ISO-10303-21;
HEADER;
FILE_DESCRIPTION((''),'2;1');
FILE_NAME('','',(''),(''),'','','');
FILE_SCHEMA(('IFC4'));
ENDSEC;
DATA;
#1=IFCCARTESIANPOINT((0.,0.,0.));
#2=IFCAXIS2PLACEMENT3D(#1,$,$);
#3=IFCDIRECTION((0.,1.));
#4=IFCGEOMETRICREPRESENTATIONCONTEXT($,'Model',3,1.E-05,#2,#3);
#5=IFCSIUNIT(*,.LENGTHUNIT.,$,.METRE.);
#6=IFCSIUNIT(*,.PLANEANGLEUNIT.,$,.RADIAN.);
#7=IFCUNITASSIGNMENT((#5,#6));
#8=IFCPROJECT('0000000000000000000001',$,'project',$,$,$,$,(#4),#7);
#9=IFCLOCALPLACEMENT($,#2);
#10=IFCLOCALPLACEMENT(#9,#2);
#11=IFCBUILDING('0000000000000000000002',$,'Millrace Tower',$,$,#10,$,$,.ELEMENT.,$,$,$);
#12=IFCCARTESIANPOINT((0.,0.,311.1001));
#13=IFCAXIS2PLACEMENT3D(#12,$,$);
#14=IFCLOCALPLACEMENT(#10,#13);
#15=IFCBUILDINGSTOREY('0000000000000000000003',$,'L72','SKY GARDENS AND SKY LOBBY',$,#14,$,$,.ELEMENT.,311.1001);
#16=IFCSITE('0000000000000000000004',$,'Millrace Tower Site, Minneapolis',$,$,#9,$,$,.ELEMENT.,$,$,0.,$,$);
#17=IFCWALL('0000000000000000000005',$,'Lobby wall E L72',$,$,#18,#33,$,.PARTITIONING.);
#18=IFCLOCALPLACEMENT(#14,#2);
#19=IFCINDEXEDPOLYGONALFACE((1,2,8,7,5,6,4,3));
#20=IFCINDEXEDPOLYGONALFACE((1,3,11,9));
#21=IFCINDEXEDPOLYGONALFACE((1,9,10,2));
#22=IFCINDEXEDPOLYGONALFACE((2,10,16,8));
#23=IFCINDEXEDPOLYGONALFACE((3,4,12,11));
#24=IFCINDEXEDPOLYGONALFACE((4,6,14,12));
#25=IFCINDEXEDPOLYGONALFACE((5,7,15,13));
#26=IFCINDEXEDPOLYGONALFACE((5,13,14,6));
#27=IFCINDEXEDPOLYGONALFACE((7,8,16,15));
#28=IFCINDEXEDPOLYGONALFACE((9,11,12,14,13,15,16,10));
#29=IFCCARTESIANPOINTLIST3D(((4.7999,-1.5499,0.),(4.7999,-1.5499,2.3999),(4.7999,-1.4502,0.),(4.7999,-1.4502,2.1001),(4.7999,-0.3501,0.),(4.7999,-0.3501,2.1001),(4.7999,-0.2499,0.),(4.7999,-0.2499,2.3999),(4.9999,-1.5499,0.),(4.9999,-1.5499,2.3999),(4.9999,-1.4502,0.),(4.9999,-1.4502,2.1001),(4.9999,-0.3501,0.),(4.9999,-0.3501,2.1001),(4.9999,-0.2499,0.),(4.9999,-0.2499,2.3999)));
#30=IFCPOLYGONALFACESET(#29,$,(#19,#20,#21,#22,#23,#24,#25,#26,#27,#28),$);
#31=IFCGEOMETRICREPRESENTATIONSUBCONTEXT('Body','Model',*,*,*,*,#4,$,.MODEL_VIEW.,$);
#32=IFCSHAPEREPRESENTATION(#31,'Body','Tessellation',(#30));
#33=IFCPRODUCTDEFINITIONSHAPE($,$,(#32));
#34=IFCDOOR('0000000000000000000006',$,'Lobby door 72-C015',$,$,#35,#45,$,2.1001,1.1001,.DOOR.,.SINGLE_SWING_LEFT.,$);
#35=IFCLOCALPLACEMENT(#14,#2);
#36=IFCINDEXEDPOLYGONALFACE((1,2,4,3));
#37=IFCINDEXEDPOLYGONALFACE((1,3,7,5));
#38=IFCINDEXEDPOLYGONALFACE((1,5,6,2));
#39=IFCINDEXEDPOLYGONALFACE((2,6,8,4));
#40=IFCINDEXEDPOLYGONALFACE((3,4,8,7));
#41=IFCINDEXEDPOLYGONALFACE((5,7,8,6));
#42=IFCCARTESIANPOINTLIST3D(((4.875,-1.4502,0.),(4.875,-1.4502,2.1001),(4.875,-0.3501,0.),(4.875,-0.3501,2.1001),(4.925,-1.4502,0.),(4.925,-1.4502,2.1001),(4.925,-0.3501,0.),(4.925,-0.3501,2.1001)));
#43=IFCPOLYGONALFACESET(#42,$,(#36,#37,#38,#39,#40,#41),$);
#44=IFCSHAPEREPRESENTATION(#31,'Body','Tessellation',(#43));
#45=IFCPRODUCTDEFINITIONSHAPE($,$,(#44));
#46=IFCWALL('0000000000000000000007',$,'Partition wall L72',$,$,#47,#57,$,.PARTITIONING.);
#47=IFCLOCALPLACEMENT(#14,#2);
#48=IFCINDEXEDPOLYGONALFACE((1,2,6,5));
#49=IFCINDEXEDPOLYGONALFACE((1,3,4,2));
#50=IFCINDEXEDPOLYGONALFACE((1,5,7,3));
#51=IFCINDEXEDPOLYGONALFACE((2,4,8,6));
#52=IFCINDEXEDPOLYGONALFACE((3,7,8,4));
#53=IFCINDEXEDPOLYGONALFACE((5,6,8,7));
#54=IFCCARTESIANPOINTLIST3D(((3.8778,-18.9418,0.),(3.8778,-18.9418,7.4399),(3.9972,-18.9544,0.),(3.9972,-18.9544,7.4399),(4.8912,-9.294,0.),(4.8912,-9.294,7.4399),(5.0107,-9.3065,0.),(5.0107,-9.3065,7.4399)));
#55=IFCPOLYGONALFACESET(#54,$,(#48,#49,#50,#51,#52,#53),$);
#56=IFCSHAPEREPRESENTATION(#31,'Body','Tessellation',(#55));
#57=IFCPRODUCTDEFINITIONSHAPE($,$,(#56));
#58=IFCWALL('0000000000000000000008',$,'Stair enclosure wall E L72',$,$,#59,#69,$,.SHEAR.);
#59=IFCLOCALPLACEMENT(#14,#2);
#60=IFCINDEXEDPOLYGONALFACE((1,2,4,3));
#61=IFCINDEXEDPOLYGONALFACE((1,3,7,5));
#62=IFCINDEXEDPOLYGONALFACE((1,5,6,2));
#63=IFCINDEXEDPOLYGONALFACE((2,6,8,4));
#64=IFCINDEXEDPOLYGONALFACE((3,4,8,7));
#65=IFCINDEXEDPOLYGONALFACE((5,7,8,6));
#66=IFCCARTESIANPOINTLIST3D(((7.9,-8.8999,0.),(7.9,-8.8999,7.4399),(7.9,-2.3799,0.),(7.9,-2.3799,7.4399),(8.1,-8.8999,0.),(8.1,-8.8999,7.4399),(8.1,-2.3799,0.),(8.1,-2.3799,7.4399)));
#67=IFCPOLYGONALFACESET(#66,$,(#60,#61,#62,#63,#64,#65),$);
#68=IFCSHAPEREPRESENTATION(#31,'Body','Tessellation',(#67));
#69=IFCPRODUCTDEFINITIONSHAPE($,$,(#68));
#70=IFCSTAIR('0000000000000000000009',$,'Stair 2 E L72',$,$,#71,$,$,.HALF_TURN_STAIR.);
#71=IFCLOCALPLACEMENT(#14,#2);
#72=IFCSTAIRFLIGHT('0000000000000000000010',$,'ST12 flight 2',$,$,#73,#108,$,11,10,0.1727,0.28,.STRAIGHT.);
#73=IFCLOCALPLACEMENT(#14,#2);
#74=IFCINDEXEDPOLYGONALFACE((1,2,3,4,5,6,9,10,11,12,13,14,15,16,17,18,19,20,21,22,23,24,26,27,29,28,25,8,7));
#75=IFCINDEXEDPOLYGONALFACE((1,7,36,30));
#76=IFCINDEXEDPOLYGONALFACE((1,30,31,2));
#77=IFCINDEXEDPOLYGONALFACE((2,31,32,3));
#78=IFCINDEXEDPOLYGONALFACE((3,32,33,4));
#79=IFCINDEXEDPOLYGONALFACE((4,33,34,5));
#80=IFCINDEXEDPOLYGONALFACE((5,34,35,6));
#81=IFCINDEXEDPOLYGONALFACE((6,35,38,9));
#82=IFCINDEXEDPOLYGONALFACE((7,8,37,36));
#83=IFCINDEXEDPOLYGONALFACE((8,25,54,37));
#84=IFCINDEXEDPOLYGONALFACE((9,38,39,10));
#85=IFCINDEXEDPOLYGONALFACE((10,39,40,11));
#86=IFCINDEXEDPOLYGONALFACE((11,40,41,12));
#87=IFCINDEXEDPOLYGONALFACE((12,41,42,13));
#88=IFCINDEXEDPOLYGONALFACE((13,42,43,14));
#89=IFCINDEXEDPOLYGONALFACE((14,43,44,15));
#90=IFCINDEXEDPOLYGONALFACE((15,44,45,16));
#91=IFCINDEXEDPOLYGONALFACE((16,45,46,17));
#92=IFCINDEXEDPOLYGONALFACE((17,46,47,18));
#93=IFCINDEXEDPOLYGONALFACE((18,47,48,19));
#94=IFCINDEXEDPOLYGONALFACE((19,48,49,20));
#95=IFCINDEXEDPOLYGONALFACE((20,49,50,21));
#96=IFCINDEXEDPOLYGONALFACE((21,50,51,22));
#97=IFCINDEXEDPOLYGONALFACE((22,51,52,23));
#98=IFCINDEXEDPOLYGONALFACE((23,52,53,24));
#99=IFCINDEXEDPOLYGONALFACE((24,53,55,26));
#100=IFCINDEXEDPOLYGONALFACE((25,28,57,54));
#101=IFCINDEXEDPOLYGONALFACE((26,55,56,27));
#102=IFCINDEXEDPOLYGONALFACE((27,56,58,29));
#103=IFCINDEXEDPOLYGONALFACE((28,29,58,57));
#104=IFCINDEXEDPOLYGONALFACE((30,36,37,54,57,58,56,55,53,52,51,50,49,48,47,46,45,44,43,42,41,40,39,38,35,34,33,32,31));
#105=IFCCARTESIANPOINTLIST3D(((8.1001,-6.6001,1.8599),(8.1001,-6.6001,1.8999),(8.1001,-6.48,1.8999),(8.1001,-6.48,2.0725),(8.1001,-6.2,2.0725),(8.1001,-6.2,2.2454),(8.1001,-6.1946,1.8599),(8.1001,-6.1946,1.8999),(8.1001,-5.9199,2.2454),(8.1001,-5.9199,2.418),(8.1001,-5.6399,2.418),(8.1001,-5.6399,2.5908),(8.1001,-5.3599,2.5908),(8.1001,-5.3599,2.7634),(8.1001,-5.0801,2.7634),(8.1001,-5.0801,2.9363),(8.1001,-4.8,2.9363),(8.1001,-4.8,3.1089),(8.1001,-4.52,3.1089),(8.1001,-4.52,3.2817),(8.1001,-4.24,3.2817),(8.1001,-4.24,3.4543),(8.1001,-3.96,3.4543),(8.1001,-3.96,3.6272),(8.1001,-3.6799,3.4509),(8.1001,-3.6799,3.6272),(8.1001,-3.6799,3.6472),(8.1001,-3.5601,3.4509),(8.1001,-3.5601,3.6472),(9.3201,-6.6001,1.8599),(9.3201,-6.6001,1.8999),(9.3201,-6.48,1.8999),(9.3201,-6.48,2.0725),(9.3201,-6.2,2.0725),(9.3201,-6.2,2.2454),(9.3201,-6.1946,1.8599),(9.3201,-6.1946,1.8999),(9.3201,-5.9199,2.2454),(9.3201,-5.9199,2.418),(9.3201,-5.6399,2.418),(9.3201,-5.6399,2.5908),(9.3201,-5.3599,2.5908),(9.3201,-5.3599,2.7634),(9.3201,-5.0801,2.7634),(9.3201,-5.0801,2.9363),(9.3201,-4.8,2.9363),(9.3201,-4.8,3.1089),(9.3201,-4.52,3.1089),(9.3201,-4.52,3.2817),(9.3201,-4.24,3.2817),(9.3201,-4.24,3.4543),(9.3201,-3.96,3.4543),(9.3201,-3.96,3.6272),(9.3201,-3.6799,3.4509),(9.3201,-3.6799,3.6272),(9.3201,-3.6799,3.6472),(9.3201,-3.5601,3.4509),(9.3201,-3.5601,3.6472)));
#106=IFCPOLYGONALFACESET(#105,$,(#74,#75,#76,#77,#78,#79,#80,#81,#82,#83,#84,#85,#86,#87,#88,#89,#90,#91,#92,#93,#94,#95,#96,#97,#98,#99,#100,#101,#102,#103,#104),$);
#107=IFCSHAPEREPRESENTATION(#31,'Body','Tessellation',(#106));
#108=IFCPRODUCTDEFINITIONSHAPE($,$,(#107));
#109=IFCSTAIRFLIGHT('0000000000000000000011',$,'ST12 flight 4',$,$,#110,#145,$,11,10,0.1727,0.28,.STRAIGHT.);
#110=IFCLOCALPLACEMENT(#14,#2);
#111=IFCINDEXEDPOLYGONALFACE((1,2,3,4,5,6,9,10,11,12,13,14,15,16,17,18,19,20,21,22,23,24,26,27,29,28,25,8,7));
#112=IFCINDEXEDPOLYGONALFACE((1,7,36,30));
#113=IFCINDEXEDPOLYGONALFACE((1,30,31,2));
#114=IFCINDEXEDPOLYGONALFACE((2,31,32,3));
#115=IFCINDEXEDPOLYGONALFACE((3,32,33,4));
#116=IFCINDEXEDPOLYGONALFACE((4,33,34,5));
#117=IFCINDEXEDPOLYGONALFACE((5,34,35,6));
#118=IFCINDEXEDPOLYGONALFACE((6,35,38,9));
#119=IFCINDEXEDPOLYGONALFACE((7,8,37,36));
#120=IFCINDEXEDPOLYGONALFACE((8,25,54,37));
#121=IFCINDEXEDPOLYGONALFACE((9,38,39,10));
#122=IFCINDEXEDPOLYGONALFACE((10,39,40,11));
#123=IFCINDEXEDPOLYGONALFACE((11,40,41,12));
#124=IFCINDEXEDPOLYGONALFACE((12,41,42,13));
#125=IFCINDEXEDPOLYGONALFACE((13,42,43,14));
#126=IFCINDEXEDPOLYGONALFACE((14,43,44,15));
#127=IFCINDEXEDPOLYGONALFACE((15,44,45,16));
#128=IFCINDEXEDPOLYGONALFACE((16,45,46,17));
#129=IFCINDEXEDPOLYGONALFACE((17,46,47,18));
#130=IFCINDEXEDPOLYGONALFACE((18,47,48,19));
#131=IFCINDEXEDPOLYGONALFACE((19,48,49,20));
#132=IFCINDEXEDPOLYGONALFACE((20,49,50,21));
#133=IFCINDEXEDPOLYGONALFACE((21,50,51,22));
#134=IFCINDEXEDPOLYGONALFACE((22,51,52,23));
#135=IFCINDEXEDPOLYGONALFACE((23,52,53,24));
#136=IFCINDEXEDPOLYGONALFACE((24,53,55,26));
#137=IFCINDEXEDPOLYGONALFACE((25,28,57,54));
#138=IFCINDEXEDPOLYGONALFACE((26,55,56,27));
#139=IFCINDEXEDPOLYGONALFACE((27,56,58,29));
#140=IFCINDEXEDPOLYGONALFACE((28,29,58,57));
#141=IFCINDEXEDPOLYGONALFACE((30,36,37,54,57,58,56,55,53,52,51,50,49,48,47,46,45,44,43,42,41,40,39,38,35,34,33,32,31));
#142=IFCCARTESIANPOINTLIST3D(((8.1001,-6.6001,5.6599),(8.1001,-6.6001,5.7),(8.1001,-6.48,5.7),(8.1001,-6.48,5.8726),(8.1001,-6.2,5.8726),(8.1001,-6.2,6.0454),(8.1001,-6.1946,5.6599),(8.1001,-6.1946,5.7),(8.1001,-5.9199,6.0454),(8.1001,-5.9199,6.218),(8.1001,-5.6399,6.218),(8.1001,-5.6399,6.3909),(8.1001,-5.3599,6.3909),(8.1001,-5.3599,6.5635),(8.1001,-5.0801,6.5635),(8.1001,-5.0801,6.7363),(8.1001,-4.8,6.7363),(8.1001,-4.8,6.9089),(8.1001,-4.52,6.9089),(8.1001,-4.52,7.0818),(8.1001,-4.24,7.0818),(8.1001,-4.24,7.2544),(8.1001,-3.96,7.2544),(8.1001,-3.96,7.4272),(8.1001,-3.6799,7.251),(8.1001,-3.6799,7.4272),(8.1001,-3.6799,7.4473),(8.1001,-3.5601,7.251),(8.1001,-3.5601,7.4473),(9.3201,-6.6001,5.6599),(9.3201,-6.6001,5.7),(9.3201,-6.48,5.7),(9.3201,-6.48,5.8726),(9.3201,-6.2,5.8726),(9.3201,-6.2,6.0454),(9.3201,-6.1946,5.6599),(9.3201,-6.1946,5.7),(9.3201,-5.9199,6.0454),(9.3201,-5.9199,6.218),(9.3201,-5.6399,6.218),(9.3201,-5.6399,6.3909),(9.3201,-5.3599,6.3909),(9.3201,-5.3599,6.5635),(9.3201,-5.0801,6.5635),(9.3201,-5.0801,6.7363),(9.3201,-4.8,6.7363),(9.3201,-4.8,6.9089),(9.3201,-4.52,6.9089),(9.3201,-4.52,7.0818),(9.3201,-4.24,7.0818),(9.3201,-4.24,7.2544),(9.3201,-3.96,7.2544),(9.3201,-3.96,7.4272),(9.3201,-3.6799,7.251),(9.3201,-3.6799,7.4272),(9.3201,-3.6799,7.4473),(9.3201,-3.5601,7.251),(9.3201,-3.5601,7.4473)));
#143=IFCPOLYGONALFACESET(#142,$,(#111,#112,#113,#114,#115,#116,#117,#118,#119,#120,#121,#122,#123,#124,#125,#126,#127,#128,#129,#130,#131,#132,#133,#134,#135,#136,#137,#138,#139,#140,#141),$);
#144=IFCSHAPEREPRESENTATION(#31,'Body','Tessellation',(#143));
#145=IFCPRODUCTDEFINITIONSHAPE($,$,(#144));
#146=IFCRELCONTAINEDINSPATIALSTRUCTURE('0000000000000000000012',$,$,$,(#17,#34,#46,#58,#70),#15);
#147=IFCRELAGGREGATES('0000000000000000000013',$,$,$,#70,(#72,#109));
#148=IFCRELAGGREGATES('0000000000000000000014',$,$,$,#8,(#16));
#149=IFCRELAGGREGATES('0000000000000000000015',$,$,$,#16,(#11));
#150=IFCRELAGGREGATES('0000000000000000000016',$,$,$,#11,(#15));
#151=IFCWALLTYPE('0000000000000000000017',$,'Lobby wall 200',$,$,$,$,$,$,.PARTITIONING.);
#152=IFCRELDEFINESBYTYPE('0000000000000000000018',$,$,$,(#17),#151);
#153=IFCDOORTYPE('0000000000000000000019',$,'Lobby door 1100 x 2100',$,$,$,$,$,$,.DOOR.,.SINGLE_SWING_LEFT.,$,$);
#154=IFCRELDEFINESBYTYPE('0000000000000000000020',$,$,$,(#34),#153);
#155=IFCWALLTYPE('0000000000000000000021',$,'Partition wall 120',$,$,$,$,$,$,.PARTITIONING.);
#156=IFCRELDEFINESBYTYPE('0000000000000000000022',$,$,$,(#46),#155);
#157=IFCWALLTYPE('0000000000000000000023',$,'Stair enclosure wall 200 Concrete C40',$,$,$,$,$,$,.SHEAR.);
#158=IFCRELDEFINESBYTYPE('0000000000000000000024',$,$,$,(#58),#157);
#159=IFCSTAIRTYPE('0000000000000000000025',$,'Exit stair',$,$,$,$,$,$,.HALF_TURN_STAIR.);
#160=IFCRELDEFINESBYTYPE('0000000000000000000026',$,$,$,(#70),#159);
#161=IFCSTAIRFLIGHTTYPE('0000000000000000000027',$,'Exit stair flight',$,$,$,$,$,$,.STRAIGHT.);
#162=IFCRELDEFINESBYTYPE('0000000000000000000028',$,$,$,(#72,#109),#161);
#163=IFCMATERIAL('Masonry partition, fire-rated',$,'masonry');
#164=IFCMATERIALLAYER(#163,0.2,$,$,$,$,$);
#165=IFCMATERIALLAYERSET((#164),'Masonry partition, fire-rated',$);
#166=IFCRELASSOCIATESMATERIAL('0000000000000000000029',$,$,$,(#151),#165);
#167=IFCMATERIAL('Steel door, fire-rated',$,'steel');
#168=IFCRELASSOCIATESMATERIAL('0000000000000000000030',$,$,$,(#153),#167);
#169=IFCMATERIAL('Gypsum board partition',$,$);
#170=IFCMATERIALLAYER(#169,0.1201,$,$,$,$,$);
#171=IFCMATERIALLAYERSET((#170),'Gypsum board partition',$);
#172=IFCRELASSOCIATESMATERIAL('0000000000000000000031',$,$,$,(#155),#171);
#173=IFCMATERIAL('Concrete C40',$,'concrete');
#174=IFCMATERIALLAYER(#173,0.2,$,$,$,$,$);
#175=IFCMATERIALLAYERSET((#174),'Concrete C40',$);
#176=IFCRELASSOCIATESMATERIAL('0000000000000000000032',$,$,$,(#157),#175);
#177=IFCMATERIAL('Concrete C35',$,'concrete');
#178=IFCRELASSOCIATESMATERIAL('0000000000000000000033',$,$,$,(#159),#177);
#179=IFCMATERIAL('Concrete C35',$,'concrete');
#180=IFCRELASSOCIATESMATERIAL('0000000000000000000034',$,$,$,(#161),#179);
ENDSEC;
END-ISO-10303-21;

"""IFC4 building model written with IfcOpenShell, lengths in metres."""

from ifc_helpers import new_model, si_unit, direction, frame, frame_2d, origin, place, context, subcontext, project, spatial, polyline, rectangle, outline, extrude, material, layer, layer_set, type_object, element, fill, aggregate, save


model = new_model("IFC4")

# Units and contexts
model_context = context("Model", 3, precision=1e-05, world=origin(), true_north=direction((0.0, 1.0)))
body_context = subcontext(model_context, "Body", "Model", "MODEL_VIEW")
ifc_project = project(units=[si_unit("LENGTHUNIT", "METRE"), si_unit("PLANEANGLEUNIT", "RADIAN")], contexts=[model_context])

# Site, building, storey
site_placement = place(None, origin())
site = spatial("IfcSite", under=ifc_project, at=site_placement, Name="Millrace Tower Site, Minneapolis", CompositionType="ELEMENT", RefElevation=0.0)
building_placement = place(site_placement, origin())
building = spatial("IfcBuilding", under=site, at=building_placement, Name="Millrace Tower", CompositionType="ELEMENT")
storey_placement = place(building_placement, frame((0.0, 0.0, 311.1001)))
storey = spatial("IfcBuildingStorey", under=building, at=storey_placement, Name="L72", Description="SKY GARDENS AND SKY LOBBY", CompositionType="ELEMENT", Elevation=311.1001)

# Shared definitions
placement_1 = place(storey_placement, origin())

# Wall, opening, door
ifc_material_1 = material(Name="Masonry partition, fire-rated", Category="masonry")
ifc_layer_1 = layer(ifc_material_1, 0.2)
ifc_layer_set_1 = layer_set([ifc_layer_1], Name="Masonry partition, fire-rated")
wall_type_1 = type_object("IfcWallType", Name="Lobby wall 200", PredefinedType="PARTITIONING", material=ifc_layer_set_1)
wall_1_placement = place(storey_placement, frame((4.8999, -0.25, 0.0), z_axis=(0.0, 0.0, 1.0), x_axis=(0.0, -1.0, 0.0)))
wall_1 = element("IfcWall", 1, at=wall_1_placement, inside=storey, type_object=wall_type_1, Name="Lobby wall E L72", PredefinedType="PARTITIONING", context=body_context, shape_type="SweptSolid", body=[
    extrude(rectangle(XDim=1.3, YDim=0.2, at=frame_2d((0.6499, 0.0))), origin(), (0.0, 0.0, 1.0), 2.3999),
])
opening_placement = place(wall_1_placement, frame((0.1001, 0.0, 0.0)))
opening = element("IfcOpeningElement", 2, at=opening_placement, cuts=wall_1, PredefinedType="OPENING", context=body_context, shape_type="SweptSolid", body=[
    extrude(rectangle(XDim=1.1001, YDim=2.1001, at=frame_2d((0.55, 1.05))), frame((0.0, 0.1099, 0.0), z_axis=(0.0, -1.0, 0.0), x_axis=(1.0, 0.0, 0.0)), (0.0, 0.0, 1.0), 0.22),
])
ifc_material_2 = material(Name="Steel door, fire-rated", Category="steel")
door_type = type_object("IfcDoorType", Name="Lobby door 1100 x 2100", OperationType="SINGLE_SWING_LEFT", PredefinedType="DOOR", material=ifc_material_2)
door_placement = place(opening_placement, frame((1.1001, 0.0, 0.0), z_axis=(0.0, 0.0, 1.0), x_axis=(-1.0, 0.0, 0.0)))
door = element("IfcDoor", 3, at=door_placement, inside=storey, type_object=door_type, Name="Lobby door 72-C015", OperationType="SINGLE_SWING_LEFT", OverallHeight=2.1001, OverallWidth=1.1001, PredefinedType="DOOR", context=body_context, shape_type="SweptSolid", body=[
    extrude(rectangle(XDim=1.1001, YDim=2.1001, at=frame_2d((0.55, 1.05))), frame((0.0, 0.0249, 0.0), z_axis=(0.0, -1.0, 0.0), x_axis=(1.0, 0.0, 0.0)), (0.0, 0.0, 1.0), 0.05),
])
fill(opening, door)

# Walls
ifc_material_3 = material(Name="Gypsum board partition")
ifc_layer_2 = layer(ifc_material_3, 0.1201)
ifc_layer_set_2 = layer_set([ifc_layer_2], Name="Gypsum board partition")
wall_type_2 = type_object("IfcWallType", Name="Partition wall 120", PredefinedType="PARTITIONING", material=ifc_layer_set_2)
wall_2_placement = place(storey_placement, frame((3.9375, -18.9482, 0.0), z_axis=(0.0, 0.0, 1.0), x_axis=(0.104466, 0.994528, 0.0)))
element("IfcWall", 4, at=wall_2_placement, inside=storey, type_object=wall_type_2, Name="Partition wall L72", PredefinedType="PARTITIONING", context=body_context, shape_type="SweptSolid", body=[
    extrude(rectangle(XDim=9.7009, YDim=0.1201, at=frame_2d((4.8506, 0.0))), origin(), (0.0, 0.0, 1.0), 7.4399),
])
ifc_material_4 = material(Name="Concrete C40", Category="concrete")
ifc_layer_3 = layer(ifc_material_4, 0.2)
ifc_layer_set_3 = layer_set([ifc_layer_3], Name="Concrete C40")
wall_type_3 = type_object("IfcWallType", Name="Stair enclosure wall 200 Concrete C40", PredefinedType="SHEAR", material=ifc_layer_set_3)
wall_3_placement = place(storey_placement, frame((8.0, -2.3799, 0.0), z_axis=(0.0, 0.0, 1.0), x_axis=(0.0, -1.0, 0.0)))
element("IfcWall", 5, at=wall_3_placement, inside=storey, type_object=wall_type_3, Name="Stair enclosure wall E L72", PredefinedType="SHEAR", context=body_context, shape_type="SweptSolid", body=[
    extrude(rectangle(XDim=6.52, YDim=0.2, at=frame_2d((3.26, 0.0))), origin(), (0.0, 0.0, 1.0), 7.4399),
])

# Stair, stair flights
ifc_material_5 = material(Name="Concrete C35", Category="concrete")
stair_type = type_object("IfcStairType", Name="Exit stair", PredefinedType="HALF_TURN_STAIR", material=ifc_material_5)
stair_1 = element("IfcStair", 6, at=placement_1, inside=storey, type_object=stair_type, Name="Stair 2 E L72", PredefinedType="HALF_TURN_STAIR")
ifc_material_6 = material(Name="Concrete C35", Category="concrete")
stair_flight_type = type_object("IfcStairFlightType", Name="Exit stair flight", PredefinedType="STRAIGHT", material=ifc_material_6)
stair_flight_1_placement = place(storey_placement, frame((8.71, -6.48, 1.8999), z_axis=(0.0, 0.0, 1.0), x_axis=(0.0, 1.0, 0.0)))
stair_flight_1 = element("IfcStairFlight", 7, at=stair_flight_1_placement, type_object=stair_flight_type, Name="ST12 flight 2", NumberOfRisers=11, NumberOfTreads=10, PredefinedType="STRAIGHT", RiserHeight=0.1727, TreadLength=0.28, context=body_context, shape_type="SweptSolid", body=[
    extrude(outline(polyline([(-0.1201, -0.04), (-0.1201, 0.0), (0.0, 0.0), (0.0, 0.1726), (0.28, 0.1726), (0.28, 0.3455), (0.5601, 0.3455), (0.5601, 0.5181), (0.8401, 0.5181), (0.8401, 0.6909), (1.1201, 0.6909), (1.1201, 0.8635), (1.3999, 0.8635), (1.3999, 1.0364), (1.6799, 1.0364), (1.6799, 1.209), (1.96, 1.209), (1.96, 1.3818), (2.24, 1.3818), (2.24, 1.5544), (2.52, 1.5544), (2.52, 1.7273), (2.8, 1.7273), (2.8, 1.7473), (2.9199, 1.7473), (2.9199, 1.551), (2.8, 1.551), (0.2854, 0.0), (0.2854, -0.04), (-0.1201, -0.04)])), frame((0.0, 0.6099, 0.0), z_axis=(0.0, -1.0, 0.0), x_axis=(1.0, 0.0, 0.0)), (0.0, 0.0, 1.0), 1.22),
])
stair_flight_2_placement = place(storey_placement, frame((8.71, -6.48, 5.7), z_axis=(0.0, 0.0, 1.0), x_axis=(0.0, 1.0, 0.0)))
stair_flight_2 = element("IfcStairFlight", 8, at=stair_flight_2_placement, type_object=stair_flight_type, Name="ST12 flight 4", NumberOfRisers=11, NumberOfTreads=10, PredefinedType="STRAIGHT", RiserHeight=0.1727, TreadLength=0.28, context=body_context, shape_type="SweptSolid", body=[
    extrude(outline(polyline([(-0.1201, -0.04), (-0.1201, 0.0), (0.0, 0.0), (0.0, 0.1726), (0.28, 0.1726), (0.28, 0.3455), (0.5601, 0.3455), (0.5601, 0.5181), (0.8401, 0.5181), (0.8401, 0.6909), (1.1201, 0.6909), (1.1201, 0.8635), (1.3999, 0.8635), (1.3999, 1.0364), (1.6799, 1.0364), (1.6799, 1.209), (1.96, 1.209), (1.96, 1.3818), (2.24, 1.3818), (2.24, 1.5544), (2.52, 1.5544), (2.52, 1.7273), (2.8, 1.7273), (2.8, 1.7473), (2.9199, 1.7473), (2.9199, 1.551), (2.8, 1.551), (0.2854, 0.0), (0.2854, -0.04), (-0.1201, -0.04)])), frame((0.0, 0.6099, 0.0), z_axis=(0.0, -1.0, 0.0), x_axis=(1.0, 0.0, 0.0)), (0.0, 0.0, 1.0), 1.22),
])
aggregate(stair_1, [stair_flight_1, stair_flight_2])

save(model, "model.ifc")
